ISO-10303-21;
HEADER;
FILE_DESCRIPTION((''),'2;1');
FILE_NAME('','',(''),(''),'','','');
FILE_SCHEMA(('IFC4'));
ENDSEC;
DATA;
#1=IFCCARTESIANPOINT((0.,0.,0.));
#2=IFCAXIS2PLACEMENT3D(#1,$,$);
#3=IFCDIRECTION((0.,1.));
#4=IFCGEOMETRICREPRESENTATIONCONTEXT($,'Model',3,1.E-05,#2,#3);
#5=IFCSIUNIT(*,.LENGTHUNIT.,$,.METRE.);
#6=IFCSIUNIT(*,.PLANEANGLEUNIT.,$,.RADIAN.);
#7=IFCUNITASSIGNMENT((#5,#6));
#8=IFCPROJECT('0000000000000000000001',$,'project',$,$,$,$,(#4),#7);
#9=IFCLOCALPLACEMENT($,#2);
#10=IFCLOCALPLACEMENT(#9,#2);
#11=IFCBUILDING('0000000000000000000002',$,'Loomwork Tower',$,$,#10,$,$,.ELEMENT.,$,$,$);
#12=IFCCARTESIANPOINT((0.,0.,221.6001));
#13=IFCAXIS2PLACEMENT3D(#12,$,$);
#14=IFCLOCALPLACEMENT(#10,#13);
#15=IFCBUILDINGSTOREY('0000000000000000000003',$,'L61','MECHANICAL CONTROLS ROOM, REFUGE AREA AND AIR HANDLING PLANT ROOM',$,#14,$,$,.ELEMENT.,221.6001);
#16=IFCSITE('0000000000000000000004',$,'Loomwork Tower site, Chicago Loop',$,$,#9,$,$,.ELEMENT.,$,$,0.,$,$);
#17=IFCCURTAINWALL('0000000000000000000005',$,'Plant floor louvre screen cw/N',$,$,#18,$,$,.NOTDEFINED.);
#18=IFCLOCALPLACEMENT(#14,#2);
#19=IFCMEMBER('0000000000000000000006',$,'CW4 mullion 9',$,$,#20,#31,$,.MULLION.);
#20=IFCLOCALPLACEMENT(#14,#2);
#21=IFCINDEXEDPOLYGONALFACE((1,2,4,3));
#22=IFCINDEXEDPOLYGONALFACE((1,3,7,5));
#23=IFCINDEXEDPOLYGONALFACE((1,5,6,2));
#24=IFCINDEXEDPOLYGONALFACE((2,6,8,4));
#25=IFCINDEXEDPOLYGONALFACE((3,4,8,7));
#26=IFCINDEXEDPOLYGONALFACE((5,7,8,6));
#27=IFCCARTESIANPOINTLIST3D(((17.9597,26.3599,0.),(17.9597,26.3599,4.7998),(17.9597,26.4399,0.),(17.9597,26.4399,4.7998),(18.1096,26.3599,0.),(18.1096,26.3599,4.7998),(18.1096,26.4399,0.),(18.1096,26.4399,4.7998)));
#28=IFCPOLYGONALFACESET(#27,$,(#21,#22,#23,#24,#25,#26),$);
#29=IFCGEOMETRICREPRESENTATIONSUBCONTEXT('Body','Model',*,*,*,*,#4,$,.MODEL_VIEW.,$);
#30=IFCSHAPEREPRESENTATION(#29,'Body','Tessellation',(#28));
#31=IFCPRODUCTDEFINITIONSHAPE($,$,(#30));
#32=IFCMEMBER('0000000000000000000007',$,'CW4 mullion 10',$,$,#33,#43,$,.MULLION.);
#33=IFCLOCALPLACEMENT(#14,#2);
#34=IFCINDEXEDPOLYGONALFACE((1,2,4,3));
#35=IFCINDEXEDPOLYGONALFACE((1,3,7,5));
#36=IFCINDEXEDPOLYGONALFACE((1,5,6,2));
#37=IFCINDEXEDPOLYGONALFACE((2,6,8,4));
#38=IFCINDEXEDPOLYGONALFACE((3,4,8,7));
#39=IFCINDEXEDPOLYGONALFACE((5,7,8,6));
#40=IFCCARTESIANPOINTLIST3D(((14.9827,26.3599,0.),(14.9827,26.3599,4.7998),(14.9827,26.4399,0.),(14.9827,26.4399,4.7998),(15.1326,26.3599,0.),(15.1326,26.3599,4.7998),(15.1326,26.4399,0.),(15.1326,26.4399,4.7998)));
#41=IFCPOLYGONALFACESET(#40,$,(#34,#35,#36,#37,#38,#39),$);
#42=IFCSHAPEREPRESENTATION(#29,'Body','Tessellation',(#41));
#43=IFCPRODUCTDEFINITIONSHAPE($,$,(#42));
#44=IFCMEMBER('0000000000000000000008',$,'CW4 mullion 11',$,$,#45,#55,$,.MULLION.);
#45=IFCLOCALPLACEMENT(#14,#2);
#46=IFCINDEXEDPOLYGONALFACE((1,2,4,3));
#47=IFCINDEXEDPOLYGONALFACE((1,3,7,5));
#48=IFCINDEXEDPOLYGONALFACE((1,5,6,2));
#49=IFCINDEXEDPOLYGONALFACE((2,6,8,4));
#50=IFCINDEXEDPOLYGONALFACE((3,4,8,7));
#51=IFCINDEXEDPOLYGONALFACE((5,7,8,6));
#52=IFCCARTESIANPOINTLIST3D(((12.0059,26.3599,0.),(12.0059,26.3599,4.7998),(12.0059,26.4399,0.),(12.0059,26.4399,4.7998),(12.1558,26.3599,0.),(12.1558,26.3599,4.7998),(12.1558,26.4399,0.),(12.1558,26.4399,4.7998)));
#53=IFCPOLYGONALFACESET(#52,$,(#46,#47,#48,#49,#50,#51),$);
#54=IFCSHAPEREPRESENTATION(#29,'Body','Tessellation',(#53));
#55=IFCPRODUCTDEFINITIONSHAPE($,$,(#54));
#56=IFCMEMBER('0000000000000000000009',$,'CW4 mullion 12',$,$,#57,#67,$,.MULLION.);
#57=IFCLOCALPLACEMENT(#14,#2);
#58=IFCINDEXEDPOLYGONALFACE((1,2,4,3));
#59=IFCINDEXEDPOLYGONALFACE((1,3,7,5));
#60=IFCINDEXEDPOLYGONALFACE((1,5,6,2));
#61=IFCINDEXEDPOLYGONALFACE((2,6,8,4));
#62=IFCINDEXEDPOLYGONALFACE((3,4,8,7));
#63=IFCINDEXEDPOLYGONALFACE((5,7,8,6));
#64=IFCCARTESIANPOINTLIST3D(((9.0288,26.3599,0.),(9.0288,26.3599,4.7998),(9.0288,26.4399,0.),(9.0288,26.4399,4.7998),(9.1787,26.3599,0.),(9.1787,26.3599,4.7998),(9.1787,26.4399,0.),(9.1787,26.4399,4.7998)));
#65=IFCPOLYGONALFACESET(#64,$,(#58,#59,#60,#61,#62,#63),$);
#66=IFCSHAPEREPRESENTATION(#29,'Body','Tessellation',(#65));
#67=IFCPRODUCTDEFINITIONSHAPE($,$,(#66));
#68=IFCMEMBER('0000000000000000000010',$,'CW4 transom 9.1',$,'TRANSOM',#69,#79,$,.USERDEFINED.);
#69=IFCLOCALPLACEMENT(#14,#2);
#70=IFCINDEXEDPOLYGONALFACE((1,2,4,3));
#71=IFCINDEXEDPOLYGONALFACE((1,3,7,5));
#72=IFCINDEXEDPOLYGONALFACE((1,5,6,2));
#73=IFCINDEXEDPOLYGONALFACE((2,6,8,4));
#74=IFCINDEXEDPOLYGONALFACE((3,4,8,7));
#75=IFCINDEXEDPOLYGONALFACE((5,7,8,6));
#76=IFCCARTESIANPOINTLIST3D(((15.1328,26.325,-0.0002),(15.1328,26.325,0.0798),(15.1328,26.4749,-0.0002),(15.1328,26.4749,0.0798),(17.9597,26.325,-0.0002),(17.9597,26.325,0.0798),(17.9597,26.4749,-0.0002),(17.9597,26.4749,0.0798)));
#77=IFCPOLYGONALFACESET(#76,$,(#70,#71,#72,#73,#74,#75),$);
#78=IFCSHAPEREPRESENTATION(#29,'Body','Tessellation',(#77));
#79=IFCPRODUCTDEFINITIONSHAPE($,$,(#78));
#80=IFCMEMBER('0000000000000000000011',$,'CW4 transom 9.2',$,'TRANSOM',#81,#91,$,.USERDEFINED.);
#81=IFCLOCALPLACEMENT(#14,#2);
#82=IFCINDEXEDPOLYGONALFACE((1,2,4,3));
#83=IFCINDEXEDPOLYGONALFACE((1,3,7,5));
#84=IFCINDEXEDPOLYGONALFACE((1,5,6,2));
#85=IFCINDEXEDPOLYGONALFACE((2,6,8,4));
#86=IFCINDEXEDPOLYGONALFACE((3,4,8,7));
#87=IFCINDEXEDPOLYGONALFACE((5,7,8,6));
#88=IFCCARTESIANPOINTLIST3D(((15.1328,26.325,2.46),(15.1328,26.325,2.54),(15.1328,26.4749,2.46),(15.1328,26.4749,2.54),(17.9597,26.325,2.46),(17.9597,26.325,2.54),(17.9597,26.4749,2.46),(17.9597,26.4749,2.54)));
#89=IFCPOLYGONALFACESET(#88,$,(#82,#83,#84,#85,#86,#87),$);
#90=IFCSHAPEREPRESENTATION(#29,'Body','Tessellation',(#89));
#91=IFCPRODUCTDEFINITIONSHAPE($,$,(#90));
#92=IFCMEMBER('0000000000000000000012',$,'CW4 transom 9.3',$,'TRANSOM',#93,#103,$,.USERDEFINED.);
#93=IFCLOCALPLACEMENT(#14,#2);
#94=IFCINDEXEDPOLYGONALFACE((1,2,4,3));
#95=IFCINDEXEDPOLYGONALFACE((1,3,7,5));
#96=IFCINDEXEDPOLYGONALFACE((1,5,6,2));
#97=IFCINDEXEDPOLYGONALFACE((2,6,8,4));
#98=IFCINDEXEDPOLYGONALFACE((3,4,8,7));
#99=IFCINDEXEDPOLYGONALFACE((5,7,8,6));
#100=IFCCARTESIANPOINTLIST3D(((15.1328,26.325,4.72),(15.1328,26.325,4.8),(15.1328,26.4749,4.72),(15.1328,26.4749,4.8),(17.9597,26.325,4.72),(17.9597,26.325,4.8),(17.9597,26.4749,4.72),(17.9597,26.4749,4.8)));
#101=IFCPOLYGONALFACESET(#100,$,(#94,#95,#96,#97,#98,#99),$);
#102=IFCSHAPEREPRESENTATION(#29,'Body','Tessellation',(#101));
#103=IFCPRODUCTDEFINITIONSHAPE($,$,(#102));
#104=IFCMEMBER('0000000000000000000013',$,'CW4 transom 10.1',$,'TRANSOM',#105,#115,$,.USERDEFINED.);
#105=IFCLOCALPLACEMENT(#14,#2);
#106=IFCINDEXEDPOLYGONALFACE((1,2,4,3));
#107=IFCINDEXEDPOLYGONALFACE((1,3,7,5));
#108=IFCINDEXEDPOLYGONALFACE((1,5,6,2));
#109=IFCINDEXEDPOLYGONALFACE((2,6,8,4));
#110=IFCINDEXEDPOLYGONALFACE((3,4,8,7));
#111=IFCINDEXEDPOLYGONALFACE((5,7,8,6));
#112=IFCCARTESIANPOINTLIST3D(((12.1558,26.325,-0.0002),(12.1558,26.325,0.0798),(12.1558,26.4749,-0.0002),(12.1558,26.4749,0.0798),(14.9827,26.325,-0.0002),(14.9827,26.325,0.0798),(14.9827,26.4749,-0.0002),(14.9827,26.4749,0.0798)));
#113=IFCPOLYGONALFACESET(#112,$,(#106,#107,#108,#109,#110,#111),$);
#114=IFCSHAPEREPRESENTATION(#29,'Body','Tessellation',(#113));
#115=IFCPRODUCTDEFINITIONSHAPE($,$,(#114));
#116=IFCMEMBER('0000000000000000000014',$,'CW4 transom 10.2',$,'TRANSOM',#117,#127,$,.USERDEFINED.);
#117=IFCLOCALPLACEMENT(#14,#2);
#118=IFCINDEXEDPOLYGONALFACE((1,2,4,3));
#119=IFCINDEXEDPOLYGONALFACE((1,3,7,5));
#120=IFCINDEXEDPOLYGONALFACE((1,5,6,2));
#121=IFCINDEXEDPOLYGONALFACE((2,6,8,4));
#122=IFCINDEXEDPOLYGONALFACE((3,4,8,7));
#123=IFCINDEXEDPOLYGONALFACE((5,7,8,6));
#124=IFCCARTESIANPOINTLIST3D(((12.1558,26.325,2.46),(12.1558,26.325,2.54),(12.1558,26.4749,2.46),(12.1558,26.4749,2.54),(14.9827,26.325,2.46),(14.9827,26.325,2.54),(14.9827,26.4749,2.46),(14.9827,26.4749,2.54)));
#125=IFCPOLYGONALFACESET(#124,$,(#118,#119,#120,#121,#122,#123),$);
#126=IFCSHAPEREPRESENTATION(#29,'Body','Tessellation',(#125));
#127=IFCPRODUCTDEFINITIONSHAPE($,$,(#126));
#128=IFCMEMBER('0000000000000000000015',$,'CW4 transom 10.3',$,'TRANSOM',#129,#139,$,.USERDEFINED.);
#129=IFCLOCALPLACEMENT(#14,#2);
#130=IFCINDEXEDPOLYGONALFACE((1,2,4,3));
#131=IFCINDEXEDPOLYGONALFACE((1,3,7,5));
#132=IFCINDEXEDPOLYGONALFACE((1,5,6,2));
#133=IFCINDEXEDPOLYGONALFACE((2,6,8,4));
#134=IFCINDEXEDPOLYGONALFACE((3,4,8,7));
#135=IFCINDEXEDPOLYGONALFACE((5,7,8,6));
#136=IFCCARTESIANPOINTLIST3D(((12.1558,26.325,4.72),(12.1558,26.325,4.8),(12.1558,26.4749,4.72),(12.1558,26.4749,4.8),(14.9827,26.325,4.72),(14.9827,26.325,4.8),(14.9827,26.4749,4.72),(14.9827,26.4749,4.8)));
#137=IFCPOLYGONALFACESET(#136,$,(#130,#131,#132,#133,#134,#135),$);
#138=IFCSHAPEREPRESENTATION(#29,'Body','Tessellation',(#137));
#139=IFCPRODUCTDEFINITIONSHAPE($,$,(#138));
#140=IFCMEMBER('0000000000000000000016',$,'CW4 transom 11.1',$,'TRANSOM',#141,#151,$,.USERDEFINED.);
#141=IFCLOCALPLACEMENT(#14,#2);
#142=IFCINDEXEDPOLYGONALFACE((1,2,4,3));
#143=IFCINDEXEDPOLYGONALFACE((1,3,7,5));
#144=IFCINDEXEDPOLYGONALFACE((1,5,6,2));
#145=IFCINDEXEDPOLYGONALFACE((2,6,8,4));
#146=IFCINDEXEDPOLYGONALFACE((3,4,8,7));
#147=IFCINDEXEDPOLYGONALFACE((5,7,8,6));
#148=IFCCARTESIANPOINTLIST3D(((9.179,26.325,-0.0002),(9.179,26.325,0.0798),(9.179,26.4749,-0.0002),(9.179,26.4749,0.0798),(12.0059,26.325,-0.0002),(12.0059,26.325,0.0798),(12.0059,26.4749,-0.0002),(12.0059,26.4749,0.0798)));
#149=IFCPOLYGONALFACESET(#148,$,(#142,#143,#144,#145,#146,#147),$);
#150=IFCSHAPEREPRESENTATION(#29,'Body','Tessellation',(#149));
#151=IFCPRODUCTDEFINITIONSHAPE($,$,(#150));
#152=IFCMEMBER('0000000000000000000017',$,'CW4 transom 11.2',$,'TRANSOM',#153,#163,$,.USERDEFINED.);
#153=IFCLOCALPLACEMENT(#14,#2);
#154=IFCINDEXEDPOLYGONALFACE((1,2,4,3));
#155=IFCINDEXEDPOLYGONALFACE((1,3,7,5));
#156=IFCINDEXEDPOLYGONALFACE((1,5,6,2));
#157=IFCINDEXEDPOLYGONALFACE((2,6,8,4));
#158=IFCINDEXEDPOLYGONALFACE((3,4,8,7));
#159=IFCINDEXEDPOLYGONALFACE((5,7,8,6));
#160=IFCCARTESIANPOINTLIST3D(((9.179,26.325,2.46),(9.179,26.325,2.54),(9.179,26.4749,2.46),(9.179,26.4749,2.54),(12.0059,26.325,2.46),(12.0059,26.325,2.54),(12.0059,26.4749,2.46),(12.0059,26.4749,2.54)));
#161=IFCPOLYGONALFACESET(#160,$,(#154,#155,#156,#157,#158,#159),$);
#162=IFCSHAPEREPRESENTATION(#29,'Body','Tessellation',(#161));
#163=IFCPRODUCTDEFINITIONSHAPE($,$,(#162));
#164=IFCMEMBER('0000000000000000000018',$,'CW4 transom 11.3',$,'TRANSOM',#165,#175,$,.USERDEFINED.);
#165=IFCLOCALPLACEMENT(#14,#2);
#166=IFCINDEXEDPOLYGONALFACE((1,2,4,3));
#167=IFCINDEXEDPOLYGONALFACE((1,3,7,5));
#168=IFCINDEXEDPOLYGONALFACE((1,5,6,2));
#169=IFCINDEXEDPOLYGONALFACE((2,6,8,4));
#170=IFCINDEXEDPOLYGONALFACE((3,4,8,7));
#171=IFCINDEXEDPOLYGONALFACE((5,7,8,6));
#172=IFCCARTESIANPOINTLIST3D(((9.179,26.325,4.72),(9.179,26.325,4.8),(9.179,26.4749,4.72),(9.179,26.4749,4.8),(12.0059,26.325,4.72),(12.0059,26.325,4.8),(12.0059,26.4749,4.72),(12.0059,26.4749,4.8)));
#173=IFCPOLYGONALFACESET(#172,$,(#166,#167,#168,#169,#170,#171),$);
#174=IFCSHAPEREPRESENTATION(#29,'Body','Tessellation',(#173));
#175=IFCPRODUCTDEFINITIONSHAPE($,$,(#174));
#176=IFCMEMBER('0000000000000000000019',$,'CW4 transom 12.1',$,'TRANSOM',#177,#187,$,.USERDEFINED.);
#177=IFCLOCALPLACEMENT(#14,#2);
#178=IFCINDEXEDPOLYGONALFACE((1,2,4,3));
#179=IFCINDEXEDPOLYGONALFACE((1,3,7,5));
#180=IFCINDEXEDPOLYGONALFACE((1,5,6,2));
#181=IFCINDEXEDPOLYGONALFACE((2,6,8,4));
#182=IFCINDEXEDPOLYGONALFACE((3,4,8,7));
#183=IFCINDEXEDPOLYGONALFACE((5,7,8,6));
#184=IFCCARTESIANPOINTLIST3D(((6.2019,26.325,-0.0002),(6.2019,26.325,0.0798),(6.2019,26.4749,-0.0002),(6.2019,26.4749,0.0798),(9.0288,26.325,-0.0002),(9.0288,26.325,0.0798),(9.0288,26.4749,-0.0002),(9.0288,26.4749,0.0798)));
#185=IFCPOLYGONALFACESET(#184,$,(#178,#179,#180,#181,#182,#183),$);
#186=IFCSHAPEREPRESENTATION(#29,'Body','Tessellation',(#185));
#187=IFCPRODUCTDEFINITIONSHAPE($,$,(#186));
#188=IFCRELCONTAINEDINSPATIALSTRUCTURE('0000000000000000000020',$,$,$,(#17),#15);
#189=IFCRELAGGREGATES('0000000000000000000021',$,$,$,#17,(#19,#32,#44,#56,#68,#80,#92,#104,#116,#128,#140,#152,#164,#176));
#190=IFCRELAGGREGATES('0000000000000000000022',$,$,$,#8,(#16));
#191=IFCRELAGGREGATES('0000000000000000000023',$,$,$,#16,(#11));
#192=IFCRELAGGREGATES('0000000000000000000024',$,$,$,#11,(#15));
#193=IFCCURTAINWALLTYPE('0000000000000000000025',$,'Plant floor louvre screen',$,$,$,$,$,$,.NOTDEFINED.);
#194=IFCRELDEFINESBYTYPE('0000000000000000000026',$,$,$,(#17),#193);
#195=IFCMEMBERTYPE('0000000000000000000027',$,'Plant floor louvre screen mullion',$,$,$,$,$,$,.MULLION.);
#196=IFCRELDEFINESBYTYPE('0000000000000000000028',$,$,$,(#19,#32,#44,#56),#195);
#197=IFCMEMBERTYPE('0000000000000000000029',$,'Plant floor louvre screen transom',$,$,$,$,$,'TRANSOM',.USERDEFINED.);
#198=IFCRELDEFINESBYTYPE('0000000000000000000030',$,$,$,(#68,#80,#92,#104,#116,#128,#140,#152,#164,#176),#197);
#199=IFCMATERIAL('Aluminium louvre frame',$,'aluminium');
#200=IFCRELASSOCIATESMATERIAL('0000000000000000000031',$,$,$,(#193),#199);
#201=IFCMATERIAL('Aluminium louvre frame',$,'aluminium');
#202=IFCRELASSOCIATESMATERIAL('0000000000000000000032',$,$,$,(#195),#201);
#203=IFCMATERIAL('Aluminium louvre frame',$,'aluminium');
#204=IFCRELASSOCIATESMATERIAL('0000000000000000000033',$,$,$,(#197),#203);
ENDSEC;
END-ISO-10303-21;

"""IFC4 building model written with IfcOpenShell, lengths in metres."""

from ifc_helpers import new_model, si_unit, direction, frame, origin, origin_2d, place, context, subcontext, project, spatial, rectangle, extrude, material, material_profile, profile_set, type_object, element, aggregate, save


model = new_model("IFC4")

# Units and contexts
model_context = context("Model", 3, precision=1e-05, world=origin(), true_north=direction((0.0, 1.0)))
body_context = subcontext(model_context, "Body", "Model", "MODEL_VIEW")
ifc_project = project(units=[si_unit("LENGTHUNIT", "METRE"), si_unit("PLANEANGLEUNIT", "RADIAN")], contexts=[model_context])

# Site, building, storey
site_placement = place(None, origin())
site = spatial("IfcSite", under=ifc_project, at=site_placement, Name="Loomwork Tower site, Chicago Loop", CompositionType="ELEMENT", RefElevation=0.0)
building_placement = place(site_placement, origin())
building = spatial("IfcBuilding", under=site, at=building_placement, Name="Loomwork Tower", CompositionType="ELEMENT")
storey_placement = place(building_placement, frame((0.0, 0.0, 221.6001)))
storey = spatial("IfcBuildingStorey", under=building, at=storey_placement, Name="L61", Description="MECHANICAL CONTROLS ROOM, REFUGE AREA AND AIR HANDLING PLANT ROOM", CompositionType="ELEMENT", Elevation=221.6001)

# Curtain wall, members
ifc_material_1 = material(Name="Aluminium louvre frame", Category="aluminium")
curtain_wall_type = type_object("IfcCurtainWallType", Name="Plant floor louvre screen", PredefinedType="NOTDEFINED", material=ifc_material_1)
curtain_wall_placement = place(storey_placement, origin())
curtain_wall = element("IfcCurtainWall", 1, at=curtain_wall_placement, inside=storey, type_object=curtain_wall_type, Name="Plant floor louvre screen cw/N", PredefinedType="NOTDEFINED")
ifc_material_2 = material(Name="Aluminium louvre frame", Category="aluminium")
ifc_material_profile_1 = material_profile(ifc_material_2, rectangle(XDim=0.0801, YDim=0.1499, at=origin_2d()), Name="AL 80x150")
ifc_profile_set_1 = profile_set([ifc_material_profile_1], Name="Aluminium louvre frame")
member_type_1 = type_object("IfcMemberType", Name="Plant floor louvre screen mullion", PredefinedType="MULLION", material=ifc_profile_set_1)
member_1_placement = place(storey_placement, frame((18.0347, 26.3999, 0.0), z_axis=(0.0, 0.0, 1.0), x_axis=(0.0, -1.0, 0.0)))
member_1 = element("IfcMember", 2, at=member_1_placement, type_object=member_type_1, Name="CW4 mullion 9", PredefinedType="MULLION", context=body_context, shape_type="SweptSolid", body=[
    extrude(rectangle(XDim=0.0801, YDim=0.1499, at=origin_2d()), origin(), (0.0, 0.0, 1.0), 4.7998),
])
member_2_placement = place(storey_placement, frame((15.0576, 26.3999, 0.0), z_axis=(0.0, 0.0, 1.0), x_axis=(0.0, -1.0, 0.0)))
member_2 = element("IfcMember", 3, at=member_2_placement, type_object=member_type_1, Name="CW4 mullion 10", PredefinedType="MULLION", context=body_context, shape_type="SweptSolid", body=[
    extrude(rectangle(XDim=0.0801, YDim=0.1499, at=origin_2d()), origin(), (0.0, 0.0, 1.0), 4.7998),
])
member_3_placement = place(storey_placement, frame((12.0808, 26.3999, 0.0), z_axis=(0.0, 0.0, 1.0), x_axis=(0.0, -1.0, 0.0)))
member_3 = element("IfcMember", 4, at=member_3_placement, type_object=member_type_1, Name="CW4 mullion 11", PredefinedType="MULLION", context=body_context, shape_type="SweptSolid", body=[
    extrude(rectangle(XDim=0.0801, YDim=0.1499, at=origin_2d()), origin(), (0.0, 0.0, 1.0), 4.7998),
])
member_4_placement = place(storey_placement, frame((9.1038, 26.3999, 0.0), z_axis=(0.0, 0.0, 1.0), x_axis=(0.0, -1.0, 0.0)))
member_4 = element("IfcMember", 5, at=member_4_placement, type_object=member_type_1, Name="CW4 mullion 12", PredefinedType="MULLION", context=body_context, shape_type="SweptSolid", body=[
    extrude(rectangle(XDim=0.0801, YDim=0.1499, at=origin_2d()), origin(), (0.0, 0.0, 1.0), 4.7998),
])
ifc_material_3 = material(Name="Aluminium louvre frame", Category="aluminium")
ifc_material_profile_2 = material_profile(ifc_material_3, rectangle(XDim=0.1499, YDim=0.0801, at=origin_2d()), Name="AL 80x150")
ifc_profile_set_2 = profile_set([ifc_material_profile_2], Name="Aluminium louvre frame")
member_type_2 = type_object("IfcMemberType", Name="Plant floor louvre screen transom", ElementType="TRANSOM", PredefinedType="USERDEFINED", material=ifc_profile_set_2)
member_5_placement = place(storey_placement, frame((17.9597, 26.3999, 0.0398), z_axis=(-1.0, 0.0, 0.0), x_axis=(0.0, -1.0, 0.0)))
member_5 = element("IfcMember", 6, at=member_5_placement, type_object=member_type_2, Name="CW4 transom 9.1", ObjectType="TRANSOM", PredefinedType="USERDEFINED", context=body_context, shape_type="SweptSolid", body=[
    extrude(rectangle(XDim=0.1499, YDim=0.0801, at=origin_2d()), origin(), (0.0, 0.0, 1.0), 2.8269),
])
member_6_placement = place(storey_placement, frame((17.9597, 26.3999, 2.5), z_axis=(-1.0, 0.0, 0.0), x_axis=(0.0, -1.0, 0.0)))
member_6 = element("IfcMember", 7, at=member_6_placement, type_object=member_type_2, Name="CW4 transom 9.2", ObjectType="TRANSOM", PredefinedType="USERDEFINED", context=body_context, shape_type="SweptSolid", body=[
    extrude(rectangle(XDim=0.1499, YDim=0.0801, at=origin_2d()), origin(), (0.0, 0.0, 1.0), 2.8269),
])
member_7_placement = place(storey_placement, frame((17.9597, 26.3999, 4.76), z_axis=(-1.0, 0.0, 0.0), x_axis=(0.0, -1.0, 0.0)))
member_7 = element("IfcMember", 8, at=member_7_placement, type_object=member_type_2, Name="CW4 transom 9.3", ObjectType="TRANSOM", PredefinedType="USERDEFINED", context=body_context, shape_type="SweptSolid", body=[
    extrude(rectangle(XDim=0.1499, YDim=0.0801, at=origin_2d()), origin(), (0.0, 0.0, 1.0), 2.8269),
])
member_8_placement = place(storey_placement, frame((14.9827, 26.3999, 0.0398), z_axis=(-1.0, 0.0, 0.0), x_axis=(0.0, -1.0, 0.0)))
member_8 = element("IfcMember", 9, at=member_8_placement, type_object=member_type_2, Name="CW4 transom 10.1", ObjectType="TRANSOM", PredefinedType="USERDEFINED", context=body_context, shape_type="SweptSolid", body=[
    extrude(rectangle(XDim=0.1499, YDim=0.0801, at=origin_2d()), origin(), (0.0, 0.0, 1.0), 2.8269),
])
member_9_placement = place(storey_placement, frame((14.9827, 26.3999, 2.5), z_axis=(-1.0, 0.0, 0.0), x_axis=(0.0, -1.0, 0.0)))
member_9 = element("IfcMember", 10, at=member_9_placement, type_object=member_type_2, Name="CW4 transom 10.2", ObjectType="TRANSOM", PredefinedType="USERDEFINED", context=body_context, shape_type="SweptSolid", body=[
    extrude(rectangle(XDim=0.1499, YDim=0.0801, at=origin_2d()), origin(), (0.0, 0.0, 1.0), 2.8269),
])
member_10_placement = place(storey_placement, frame((14.9827, 26.3999, 4.76), z_axis=(-1.0, 0.0, 0.0), x_axis=(0.0, -1.0, 0.0)))
member_10 = element("IfcMember", 11, at=member_10_placement, type_object=member_type_2, Name="CW4 transom 10.3", ObjectType="TRANSOM", PredefinedType="USERDEFINED", context=body_context, shape_type="SweptSolid", body=[
    extrude(rectangle(XDim=0.1499, YDim=0.0801, at=origin_2d()), origin(), (0.0, 0.0, 1.0), 2.8269),
])
member_11_placement = place(storey_placement, frame((12.0059, 26.3999, 0.0398), z_axis=(-1.0, 0.0, 0.0), x_axis=(0.0, -1.0, 0.0)))
member_11 = element("IfcMember", 12, at=member_11_placement, type_object=member_type_2, Name="CW4 transom 11.1", ObjectType="TRANSOM", PredefinedType="USERDEFINED", context=body_context, shape_type="SweptSolid", body=[
    extrude(rectangle(XDim=0.1499, YDim=0.0801, at=origin_2d()), origin(), (0.0, 0.0, 1.0), 2.8269),
])
member_12_placement = place(storey_placement, frame((12.0059, 26.3999, 2.5), z_axis=(-1.0, 0.0, 0.0), x_axis=(0.0, -1.0, 0.0)))
member_12 = element("IfcMember", 13, at=member_12_placement, type_object=member_type_2, Name="CW4 transom 11.2", ObjectType="TRANSOM", PredefinedType="USERDEFINED", context=body_context, shape_type="SweptSolid", body=[
    extrude(rectangle(XDim=0.1499, YDim=0.0801, at=origin_2d()), origin(), (0.0, 0.0, 1.0), 2.8269),
])
member_13_placement = place(storey_placement, frame((12.0059, 26.3999, 4.76), z_axis=(-1.0, 0.0, 0.0), x_axis=(0.0, -1.0, 0.0)))
member_13 = element("IfcMember", 14, at=member_13_placement, type_object=member_type_2, Name="CW4 transom 11.3", ObjectType="TRANSOM", PredefinedType="USERDEFINED", context=body_context, shape_type="SweptSolid", body=[
    extrude(rectangle(XDim=0.1499, YDim=0.0801, at=origin_2d()), origin(), (0.0, 0.0, 1.0), 2.8269),
])
member_14_placement = place(storey_placement, frame((9.0288, 26.3999, 0.0398), z_axis=(-1.0, 0.0, 0.0), x_axis=(0.0, -1.0, 0.0)))
member_14 = element("IfcMember", 15, at=member_14_placement, type_object=member_type_2, Name="CW4 transom 12.1", ObjectType="TRANSOM", PredefinedType="USERDEFINED", context=body_context, shape_type="SweptSolid", body=[
    extrude(rectangle(XDim=0.1499, YDim=0.0801, at=origin_2d()), origin(), (0.0, 0.0, 1.0), 2.8269),
])

aggregate(curtain_wall, [member_1, member_2, member_3, member_4, member_5, member_6, member_7, member_8, member_9, member_10, member_11, member_12, member_13, member_14])

save(model, "model.ifc")
